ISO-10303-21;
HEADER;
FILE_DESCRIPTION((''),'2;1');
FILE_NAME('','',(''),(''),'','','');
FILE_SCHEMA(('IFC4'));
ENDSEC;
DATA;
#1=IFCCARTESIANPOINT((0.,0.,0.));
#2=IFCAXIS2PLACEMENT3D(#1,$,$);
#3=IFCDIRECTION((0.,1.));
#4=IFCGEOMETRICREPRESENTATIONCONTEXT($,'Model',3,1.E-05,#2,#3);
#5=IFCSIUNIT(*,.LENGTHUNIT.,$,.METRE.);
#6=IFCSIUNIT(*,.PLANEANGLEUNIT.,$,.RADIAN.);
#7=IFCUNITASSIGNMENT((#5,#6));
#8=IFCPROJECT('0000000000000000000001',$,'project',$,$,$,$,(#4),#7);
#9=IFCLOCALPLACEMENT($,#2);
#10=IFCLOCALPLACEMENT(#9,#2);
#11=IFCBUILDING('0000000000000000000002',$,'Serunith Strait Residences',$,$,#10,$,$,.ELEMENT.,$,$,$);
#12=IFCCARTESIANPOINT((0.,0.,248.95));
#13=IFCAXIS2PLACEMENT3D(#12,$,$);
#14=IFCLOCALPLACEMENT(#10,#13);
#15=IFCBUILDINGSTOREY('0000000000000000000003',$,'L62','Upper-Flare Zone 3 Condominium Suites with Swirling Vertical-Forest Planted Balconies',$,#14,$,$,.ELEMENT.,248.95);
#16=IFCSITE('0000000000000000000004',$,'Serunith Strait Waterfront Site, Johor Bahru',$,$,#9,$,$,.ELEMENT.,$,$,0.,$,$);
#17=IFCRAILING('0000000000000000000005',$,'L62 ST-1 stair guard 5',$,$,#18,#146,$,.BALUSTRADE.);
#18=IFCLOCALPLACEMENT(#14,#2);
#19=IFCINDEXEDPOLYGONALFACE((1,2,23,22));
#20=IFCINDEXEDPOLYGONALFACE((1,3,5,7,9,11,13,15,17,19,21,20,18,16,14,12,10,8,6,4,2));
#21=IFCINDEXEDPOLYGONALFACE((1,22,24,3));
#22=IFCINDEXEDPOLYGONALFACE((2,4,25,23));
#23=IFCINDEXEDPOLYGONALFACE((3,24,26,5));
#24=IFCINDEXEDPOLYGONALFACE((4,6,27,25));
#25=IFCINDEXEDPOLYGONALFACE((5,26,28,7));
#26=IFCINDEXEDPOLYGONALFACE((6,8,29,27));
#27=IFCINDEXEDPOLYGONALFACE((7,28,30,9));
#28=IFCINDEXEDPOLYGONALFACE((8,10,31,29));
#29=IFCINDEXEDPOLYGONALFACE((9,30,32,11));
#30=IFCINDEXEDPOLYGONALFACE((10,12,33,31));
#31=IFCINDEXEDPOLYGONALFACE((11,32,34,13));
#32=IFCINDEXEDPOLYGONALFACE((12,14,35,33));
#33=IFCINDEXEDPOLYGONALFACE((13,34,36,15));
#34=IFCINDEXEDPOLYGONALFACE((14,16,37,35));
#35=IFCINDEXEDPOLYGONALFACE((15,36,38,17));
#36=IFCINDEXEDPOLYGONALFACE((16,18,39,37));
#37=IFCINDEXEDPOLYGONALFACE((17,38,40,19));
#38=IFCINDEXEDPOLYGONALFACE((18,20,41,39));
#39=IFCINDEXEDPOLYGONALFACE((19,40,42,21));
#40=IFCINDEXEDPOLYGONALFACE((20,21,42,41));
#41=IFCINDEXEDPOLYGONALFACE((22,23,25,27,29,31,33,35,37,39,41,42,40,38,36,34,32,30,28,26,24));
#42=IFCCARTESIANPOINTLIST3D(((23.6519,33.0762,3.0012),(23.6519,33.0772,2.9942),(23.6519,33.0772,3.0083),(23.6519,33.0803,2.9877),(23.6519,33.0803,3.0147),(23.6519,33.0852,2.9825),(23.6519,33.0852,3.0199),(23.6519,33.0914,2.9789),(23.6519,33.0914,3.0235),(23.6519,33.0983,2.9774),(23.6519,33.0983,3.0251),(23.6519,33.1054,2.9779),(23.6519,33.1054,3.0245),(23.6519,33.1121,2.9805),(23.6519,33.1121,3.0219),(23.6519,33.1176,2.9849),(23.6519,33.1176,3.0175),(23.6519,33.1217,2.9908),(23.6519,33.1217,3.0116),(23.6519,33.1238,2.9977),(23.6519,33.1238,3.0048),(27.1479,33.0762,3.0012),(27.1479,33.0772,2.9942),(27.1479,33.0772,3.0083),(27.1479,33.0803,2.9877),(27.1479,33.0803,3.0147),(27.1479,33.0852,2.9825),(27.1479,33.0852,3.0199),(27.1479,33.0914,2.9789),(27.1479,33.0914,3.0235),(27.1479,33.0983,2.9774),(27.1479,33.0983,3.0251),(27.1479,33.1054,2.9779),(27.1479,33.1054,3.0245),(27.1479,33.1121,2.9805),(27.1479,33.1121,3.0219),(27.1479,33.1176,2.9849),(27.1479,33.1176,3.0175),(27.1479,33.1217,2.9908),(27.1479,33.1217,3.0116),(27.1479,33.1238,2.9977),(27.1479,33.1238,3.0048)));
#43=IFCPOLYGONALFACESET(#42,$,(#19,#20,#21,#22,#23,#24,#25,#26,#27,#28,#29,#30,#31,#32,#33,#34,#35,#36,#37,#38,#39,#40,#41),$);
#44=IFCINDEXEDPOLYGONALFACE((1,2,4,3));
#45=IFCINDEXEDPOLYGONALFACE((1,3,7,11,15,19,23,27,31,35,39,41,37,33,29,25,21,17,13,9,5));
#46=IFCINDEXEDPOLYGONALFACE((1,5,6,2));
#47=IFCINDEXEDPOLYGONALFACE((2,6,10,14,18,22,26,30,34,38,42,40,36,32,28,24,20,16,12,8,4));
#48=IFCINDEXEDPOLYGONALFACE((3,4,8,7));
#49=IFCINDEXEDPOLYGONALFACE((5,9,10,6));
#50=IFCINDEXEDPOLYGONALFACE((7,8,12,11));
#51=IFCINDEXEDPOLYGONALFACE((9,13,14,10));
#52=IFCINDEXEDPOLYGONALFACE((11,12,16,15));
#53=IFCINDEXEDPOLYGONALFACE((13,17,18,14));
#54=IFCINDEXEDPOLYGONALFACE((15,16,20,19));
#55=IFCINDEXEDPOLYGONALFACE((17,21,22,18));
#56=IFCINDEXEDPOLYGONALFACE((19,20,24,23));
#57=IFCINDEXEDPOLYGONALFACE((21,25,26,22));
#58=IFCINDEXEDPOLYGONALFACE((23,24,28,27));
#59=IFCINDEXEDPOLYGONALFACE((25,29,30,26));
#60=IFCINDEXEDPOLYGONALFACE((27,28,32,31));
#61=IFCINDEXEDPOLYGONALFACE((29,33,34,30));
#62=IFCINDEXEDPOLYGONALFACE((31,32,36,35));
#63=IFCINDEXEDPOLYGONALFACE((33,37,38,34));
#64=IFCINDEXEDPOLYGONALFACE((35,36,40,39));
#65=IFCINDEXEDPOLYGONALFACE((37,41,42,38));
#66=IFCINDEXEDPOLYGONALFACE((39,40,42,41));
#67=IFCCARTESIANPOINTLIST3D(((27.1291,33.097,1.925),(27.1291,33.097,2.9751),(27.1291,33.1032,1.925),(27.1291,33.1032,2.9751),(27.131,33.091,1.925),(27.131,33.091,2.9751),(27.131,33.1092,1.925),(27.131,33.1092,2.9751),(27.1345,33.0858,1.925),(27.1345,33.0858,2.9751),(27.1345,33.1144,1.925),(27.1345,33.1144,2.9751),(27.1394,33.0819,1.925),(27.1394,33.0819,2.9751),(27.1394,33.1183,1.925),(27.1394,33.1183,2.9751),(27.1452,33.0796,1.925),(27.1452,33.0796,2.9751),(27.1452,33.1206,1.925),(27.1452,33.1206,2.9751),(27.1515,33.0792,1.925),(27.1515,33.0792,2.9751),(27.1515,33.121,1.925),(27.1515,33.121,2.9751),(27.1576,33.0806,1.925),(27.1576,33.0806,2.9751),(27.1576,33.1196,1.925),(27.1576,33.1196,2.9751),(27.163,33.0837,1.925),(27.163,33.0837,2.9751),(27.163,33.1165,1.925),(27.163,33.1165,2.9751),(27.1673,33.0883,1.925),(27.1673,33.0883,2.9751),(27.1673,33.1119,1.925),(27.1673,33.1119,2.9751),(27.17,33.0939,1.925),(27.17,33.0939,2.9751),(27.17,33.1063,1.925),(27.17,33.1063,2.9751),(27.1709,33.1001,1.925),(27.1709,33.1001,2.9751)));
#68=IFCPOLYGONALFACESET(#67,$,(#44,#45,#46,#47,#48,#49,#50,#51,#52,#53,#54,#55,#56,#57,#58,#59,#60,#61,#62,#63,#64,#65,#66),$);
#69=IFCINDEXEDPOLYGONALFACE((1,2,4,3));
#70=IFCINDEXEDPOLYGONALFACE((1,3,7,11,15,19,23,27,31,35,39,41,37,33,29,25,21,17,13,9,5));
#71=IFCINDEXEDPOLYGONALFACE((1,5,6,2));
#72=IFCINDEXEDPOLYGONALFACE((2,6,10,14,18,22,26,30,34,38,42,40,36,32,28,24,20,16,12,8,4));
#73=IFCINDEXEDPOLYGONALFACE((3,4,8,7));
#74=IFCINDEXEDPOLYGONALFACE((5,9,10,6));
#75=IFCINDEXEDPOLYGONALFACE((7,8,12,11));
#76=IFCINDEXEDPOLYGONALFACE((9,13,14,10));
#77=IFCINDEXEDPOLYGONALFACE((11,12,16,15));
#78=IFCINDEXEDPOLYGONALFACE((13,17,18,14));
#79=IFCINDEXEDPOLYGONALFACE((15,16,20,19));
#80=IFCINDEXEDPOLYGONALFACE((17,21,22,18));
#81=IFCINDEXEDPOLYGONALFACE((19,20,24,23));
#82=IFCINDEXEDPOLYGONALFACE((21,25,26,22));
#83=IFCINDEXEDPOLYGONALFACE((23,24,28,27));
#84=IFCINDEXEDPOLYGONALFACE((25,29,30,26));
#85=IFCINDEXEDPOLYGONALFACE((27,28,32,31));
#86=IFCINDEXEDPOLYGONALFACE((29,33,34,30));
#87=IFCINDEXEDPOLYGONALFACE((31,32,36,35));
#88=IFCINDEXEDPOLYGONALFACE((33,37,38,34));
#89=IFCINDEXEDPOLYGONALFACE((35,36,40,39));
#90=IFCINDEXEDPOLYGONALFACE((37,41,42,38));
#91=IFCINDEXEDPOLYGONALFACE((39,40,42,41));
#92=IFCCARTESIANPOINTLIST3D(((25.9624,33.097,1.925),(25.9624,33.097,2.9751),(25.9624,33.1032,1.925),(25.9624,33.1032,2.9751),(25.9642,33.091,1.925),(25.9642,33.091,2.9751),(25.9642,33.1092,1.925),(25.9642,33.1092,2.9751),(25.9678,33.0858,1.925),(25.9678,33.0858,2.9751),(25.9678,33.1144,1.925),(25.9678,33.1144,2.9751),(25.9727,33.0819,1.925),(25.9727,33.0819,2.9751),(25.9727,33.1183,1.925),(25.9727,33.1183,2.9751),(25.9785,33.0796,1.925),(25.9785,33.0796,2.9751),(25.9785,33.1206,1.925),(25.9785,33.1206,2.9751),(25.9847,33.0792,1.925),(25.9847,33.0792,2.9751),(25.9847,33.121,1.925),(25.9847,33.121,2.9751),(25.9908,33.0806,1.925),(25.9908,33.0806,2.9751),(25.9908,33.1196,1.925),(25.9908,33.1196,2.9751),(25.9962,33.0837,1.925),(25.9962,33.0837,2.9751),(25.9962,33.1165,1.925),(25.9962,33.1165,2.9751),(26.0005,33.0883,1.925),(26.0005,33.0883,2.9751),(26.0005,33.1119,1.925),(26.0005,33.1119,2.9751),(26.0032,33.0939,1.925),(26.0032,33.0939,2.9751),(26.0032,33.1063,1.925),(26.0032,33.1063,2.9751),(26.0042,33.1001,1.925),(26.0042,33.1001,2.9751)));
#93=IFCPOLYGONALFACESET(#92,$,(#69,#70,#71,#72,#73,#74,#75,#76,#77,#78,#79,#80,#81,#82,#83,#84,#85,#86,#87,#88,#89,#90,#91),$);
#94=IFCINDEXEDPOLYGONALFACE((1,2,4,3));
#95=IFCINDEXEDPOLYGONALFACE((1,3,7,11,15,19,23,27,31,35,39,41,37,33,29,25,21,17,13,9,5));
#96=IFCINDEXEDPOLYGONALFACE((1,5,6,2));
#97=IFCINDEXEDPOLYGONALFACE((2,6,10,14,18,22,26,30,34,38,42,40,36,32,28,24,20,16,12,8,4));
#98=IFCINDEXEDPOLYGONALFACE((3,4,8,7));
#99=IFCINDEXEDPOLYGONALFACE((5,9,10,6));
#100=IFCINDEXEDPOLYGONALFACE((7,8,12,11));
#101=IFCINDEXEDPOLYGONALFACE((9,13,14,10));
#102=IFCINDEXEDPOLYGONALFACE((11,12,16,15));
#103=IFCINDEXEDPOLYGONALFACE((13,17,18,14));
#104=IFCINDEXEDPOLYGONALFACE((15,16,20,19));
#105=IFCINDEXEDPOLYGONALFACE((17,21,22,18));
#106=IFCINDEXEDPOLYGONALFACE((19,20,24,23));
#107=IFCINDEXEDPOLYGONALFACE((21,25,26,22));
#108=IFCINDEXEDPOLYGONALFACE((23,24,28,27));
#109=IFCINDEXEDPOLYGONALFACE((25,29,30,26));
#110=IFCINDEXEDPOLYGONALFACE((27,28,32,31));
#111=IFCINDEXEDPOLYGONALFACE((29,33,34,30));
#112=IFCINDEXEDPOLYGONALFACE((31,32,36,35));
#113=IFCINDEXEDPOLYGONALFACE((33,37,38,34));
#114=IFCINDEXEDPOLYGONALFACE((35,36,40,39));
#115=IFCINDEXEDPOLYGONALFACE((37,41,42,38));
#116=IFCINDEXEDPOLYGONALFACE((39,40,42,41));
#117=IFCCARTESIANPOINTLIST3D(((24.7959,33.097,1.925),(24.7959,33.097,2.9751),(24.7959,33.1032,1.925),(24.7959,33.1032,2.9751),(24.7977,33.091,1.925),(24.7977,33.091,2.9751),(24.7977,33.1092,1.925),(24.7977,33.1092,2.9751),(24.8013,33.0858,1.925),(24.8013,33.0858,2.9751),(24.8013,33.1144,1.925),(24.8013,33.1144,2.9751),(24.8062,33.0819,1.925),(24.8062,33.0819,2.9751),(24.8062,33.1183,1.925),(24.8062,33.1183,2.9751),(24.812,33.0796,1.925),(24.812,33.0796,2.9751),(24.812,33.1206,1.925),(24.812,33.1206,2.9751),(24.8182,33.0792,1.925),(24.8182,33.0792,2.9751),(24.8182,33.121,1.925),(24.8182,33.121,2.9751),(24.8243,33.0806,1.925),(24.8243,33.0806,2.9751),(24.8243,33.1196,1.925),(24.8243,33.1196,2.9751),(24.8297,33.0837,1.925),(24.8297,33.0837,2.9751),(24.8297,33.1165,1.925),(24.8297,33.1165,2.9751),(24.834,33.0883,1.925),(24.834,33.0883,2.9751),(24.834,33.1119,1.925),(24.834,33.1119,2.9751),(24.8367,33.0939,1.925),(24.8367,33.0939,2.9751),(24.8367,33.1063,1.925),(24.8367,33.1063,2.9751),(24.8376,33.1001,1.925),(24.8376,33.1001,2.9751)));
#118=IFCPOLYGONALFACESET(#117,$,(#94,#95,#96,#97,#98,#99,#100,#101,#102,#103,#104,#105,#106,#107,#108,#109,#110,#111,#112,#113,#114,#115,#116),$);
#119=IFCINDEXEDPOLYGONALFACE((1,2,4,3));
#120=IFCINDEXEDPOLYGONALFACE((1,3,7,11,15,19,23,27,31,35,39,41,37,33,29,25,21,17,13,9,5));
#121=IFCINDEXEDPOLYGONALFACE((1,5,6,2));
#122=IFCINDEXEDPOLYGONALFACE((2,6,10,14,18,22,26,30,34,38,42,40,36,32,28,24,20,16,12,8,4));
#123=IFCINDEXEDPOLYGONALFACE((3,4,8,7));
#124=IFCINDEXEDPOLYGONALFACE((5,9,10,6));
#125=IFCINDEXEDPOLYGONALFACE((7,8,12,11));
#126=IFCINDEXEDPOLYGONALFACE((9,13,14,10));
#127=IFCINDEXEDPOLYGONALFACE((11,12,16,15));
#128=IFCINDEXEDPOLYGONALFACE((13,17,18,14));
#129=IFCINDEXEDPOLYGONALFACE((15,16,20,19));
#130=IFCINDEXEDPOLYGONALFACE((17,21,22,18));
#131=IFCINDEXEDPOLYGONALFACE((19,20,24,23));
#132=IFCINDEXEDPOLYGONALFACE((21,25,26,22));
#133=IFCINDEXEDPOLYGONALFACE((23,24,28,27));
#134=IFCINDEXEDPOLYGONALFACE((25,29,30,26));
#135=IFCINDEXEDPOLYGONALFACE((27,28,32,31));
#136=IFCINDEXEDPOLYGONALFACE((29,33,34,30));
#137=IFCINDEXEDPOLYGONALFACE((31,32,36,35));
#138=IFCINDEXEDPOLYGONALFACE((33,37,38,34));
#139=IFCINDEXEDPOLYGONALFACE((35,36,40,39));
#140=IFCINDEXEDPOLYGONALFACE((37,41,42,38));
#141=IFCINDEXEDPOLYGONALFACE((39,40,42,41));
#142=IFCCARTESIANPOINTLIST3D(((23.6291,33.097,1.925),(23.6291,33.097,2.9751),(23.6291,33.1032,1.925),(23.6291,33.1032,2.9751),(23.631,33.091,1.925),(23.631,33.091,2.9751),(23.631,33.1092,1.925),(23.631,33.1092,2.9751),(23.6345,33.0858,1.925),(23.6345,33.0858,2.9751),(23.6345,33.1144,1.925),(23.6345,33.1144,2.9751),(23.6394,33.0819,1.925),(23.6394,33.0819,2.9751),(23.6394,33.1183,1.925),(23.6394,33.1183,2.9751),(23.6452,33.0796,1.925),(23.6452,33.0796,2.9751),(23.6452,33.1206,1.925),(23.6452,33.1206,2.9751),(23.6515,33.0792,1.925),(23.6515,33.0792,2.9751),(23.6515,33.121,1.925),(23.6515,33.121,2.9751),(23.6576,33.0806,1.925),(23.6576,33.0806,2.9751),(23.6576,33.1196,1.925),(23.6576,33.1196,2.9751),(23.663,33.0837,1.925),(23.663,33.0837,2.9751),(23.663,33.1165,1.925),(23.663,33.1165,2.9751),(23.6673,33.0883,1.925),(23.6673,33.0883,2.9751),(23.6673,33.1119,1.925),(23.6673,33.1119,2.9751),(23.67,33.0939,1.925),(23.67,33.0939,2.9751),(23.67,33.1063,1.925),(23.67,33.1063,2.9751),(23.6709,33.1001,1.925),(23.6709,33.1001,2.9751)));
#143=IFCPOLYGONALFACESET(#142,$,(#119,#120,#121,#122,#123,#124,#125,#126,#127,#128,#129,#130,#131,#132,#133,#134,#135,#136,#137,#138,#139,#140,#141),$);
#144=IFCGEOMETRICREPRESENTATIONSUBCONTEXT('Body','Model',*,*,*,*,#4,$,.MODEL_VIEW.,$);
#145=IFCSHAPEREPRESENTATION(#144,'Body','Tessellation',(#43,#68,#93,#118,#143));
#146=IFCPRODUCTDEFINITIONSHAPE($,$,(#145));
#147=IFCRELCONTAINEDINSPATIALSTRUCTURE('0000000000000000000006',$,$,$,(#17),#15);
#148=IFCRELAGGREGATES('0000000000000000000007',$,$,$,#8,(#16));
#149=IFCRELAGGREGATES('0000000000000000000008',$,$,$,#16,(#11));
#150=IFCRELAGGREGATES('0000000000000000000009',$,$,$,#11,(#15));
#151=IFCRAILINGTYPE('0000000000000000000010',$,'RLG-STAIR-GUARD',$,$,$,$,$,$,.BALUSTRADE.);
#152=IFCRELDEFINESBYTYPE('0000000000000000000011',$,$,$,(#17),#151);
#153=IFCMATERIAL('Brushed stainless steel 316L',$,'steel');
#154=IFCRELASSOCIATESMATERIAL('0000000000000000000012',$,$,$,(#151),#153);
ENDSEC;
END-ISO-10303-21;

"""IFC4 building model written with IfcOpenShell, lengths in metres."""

from ifc_helpers import new_model, si_unit, direction, frame, origin, origin_2d, place, context, subcontext, project, spatial, circle, extrude, material, type_object, element, save


model = new_model("IFC4")

# Units and contexts
model_context = context("Model", 3, precision=1e-05, world=origin(), true_north=direction((0.0, 1.0)))
body_context = subcontext(model_context, "Body", "Model", "MODEL_VIEW")
ifc_project = project(units=[si_unit("LENGTHUNIT", "METRE"), si_unit("PLANEANGLEUNIT", "RADIAN")], contexts=[model_context])

# Site, building, storey
site_placement = place(None, origin())
site = spatial("IfcSite", under=ifc_project, at=site_placement, Name="Serunith Strait Waterfront Site, Johor Bahru", CompositionType="ELEMENT", RefElevation=0.0)
building_placement = place(site_placement, origin())
building = spatial("IfcBuilding", under=site, at=building_placement, Name="Serunith Strait Residences", CompositionType="ELEMENT")
storey_placement = place(building_placement, frame((0.0, 0.0, 248.95)))
storey = spatial("IfcBuildingStorey", under=building, at=storey_placement, Name="L62", Description="Upper-Flare Zone 3 Condominium Suites with Swirling Vertical-Forest Planted Balconies", CompositionType="ELEMENT", Elevation=248.95)

# Railing
ifc_material_1 = material(Name="Brushed stainless steel 316L", Category="steel")
railing_type_1 = type_object("IfcRailingType", Name="RLG-STAIR-GUARD", PredefinedType="BALUSTRADE", material=ifc_material_1)
railing_1_placement = place(storey_placement, frame((27.1499, 33.1001, 1.925)))
element("IfcRailing", 1, at=railing_1_placement, inside=storey, type_object=railing_type_1, Name="L62 ST-1 stair guard 5", PredefinedType="BALUSTRADE", context=body_context, shape_type="SweptSolid", body=[
    extrude(circle(Radius=0.0239, at=origin_2d()), frame((-0.002, 0.0, 1.0762), z_axis=(-1.0, 0.0, 0.0), x_axis=(0.0, -1.0, 0.0)), (0.0, 0.0, 1.0), 3.4961),
    extrude(circle(Radius=0.021, at=origin_2d()), origin(), (0.0, 0.0, 1.0), 1.05),
    extrude(circle(Radius=0.021, at=origin_2d()), frame((-1.1667, 0.0, 0.0)), (0.0, 0.0, 1.0), 1.05),
    extrude(circle(Radius=0.021, at=origin_2d()), frame((-2.3333, 0.0, 0.0)), (0.0, 0.0, 1.0), 1.05),
    extrude(circle(Radius=0.021, at=origin_2d()), frame((-3.5, 0.0, 0.0)), (0.0, 0.0, 1.0), 1.05),
])

save(model, "model.ifc")
